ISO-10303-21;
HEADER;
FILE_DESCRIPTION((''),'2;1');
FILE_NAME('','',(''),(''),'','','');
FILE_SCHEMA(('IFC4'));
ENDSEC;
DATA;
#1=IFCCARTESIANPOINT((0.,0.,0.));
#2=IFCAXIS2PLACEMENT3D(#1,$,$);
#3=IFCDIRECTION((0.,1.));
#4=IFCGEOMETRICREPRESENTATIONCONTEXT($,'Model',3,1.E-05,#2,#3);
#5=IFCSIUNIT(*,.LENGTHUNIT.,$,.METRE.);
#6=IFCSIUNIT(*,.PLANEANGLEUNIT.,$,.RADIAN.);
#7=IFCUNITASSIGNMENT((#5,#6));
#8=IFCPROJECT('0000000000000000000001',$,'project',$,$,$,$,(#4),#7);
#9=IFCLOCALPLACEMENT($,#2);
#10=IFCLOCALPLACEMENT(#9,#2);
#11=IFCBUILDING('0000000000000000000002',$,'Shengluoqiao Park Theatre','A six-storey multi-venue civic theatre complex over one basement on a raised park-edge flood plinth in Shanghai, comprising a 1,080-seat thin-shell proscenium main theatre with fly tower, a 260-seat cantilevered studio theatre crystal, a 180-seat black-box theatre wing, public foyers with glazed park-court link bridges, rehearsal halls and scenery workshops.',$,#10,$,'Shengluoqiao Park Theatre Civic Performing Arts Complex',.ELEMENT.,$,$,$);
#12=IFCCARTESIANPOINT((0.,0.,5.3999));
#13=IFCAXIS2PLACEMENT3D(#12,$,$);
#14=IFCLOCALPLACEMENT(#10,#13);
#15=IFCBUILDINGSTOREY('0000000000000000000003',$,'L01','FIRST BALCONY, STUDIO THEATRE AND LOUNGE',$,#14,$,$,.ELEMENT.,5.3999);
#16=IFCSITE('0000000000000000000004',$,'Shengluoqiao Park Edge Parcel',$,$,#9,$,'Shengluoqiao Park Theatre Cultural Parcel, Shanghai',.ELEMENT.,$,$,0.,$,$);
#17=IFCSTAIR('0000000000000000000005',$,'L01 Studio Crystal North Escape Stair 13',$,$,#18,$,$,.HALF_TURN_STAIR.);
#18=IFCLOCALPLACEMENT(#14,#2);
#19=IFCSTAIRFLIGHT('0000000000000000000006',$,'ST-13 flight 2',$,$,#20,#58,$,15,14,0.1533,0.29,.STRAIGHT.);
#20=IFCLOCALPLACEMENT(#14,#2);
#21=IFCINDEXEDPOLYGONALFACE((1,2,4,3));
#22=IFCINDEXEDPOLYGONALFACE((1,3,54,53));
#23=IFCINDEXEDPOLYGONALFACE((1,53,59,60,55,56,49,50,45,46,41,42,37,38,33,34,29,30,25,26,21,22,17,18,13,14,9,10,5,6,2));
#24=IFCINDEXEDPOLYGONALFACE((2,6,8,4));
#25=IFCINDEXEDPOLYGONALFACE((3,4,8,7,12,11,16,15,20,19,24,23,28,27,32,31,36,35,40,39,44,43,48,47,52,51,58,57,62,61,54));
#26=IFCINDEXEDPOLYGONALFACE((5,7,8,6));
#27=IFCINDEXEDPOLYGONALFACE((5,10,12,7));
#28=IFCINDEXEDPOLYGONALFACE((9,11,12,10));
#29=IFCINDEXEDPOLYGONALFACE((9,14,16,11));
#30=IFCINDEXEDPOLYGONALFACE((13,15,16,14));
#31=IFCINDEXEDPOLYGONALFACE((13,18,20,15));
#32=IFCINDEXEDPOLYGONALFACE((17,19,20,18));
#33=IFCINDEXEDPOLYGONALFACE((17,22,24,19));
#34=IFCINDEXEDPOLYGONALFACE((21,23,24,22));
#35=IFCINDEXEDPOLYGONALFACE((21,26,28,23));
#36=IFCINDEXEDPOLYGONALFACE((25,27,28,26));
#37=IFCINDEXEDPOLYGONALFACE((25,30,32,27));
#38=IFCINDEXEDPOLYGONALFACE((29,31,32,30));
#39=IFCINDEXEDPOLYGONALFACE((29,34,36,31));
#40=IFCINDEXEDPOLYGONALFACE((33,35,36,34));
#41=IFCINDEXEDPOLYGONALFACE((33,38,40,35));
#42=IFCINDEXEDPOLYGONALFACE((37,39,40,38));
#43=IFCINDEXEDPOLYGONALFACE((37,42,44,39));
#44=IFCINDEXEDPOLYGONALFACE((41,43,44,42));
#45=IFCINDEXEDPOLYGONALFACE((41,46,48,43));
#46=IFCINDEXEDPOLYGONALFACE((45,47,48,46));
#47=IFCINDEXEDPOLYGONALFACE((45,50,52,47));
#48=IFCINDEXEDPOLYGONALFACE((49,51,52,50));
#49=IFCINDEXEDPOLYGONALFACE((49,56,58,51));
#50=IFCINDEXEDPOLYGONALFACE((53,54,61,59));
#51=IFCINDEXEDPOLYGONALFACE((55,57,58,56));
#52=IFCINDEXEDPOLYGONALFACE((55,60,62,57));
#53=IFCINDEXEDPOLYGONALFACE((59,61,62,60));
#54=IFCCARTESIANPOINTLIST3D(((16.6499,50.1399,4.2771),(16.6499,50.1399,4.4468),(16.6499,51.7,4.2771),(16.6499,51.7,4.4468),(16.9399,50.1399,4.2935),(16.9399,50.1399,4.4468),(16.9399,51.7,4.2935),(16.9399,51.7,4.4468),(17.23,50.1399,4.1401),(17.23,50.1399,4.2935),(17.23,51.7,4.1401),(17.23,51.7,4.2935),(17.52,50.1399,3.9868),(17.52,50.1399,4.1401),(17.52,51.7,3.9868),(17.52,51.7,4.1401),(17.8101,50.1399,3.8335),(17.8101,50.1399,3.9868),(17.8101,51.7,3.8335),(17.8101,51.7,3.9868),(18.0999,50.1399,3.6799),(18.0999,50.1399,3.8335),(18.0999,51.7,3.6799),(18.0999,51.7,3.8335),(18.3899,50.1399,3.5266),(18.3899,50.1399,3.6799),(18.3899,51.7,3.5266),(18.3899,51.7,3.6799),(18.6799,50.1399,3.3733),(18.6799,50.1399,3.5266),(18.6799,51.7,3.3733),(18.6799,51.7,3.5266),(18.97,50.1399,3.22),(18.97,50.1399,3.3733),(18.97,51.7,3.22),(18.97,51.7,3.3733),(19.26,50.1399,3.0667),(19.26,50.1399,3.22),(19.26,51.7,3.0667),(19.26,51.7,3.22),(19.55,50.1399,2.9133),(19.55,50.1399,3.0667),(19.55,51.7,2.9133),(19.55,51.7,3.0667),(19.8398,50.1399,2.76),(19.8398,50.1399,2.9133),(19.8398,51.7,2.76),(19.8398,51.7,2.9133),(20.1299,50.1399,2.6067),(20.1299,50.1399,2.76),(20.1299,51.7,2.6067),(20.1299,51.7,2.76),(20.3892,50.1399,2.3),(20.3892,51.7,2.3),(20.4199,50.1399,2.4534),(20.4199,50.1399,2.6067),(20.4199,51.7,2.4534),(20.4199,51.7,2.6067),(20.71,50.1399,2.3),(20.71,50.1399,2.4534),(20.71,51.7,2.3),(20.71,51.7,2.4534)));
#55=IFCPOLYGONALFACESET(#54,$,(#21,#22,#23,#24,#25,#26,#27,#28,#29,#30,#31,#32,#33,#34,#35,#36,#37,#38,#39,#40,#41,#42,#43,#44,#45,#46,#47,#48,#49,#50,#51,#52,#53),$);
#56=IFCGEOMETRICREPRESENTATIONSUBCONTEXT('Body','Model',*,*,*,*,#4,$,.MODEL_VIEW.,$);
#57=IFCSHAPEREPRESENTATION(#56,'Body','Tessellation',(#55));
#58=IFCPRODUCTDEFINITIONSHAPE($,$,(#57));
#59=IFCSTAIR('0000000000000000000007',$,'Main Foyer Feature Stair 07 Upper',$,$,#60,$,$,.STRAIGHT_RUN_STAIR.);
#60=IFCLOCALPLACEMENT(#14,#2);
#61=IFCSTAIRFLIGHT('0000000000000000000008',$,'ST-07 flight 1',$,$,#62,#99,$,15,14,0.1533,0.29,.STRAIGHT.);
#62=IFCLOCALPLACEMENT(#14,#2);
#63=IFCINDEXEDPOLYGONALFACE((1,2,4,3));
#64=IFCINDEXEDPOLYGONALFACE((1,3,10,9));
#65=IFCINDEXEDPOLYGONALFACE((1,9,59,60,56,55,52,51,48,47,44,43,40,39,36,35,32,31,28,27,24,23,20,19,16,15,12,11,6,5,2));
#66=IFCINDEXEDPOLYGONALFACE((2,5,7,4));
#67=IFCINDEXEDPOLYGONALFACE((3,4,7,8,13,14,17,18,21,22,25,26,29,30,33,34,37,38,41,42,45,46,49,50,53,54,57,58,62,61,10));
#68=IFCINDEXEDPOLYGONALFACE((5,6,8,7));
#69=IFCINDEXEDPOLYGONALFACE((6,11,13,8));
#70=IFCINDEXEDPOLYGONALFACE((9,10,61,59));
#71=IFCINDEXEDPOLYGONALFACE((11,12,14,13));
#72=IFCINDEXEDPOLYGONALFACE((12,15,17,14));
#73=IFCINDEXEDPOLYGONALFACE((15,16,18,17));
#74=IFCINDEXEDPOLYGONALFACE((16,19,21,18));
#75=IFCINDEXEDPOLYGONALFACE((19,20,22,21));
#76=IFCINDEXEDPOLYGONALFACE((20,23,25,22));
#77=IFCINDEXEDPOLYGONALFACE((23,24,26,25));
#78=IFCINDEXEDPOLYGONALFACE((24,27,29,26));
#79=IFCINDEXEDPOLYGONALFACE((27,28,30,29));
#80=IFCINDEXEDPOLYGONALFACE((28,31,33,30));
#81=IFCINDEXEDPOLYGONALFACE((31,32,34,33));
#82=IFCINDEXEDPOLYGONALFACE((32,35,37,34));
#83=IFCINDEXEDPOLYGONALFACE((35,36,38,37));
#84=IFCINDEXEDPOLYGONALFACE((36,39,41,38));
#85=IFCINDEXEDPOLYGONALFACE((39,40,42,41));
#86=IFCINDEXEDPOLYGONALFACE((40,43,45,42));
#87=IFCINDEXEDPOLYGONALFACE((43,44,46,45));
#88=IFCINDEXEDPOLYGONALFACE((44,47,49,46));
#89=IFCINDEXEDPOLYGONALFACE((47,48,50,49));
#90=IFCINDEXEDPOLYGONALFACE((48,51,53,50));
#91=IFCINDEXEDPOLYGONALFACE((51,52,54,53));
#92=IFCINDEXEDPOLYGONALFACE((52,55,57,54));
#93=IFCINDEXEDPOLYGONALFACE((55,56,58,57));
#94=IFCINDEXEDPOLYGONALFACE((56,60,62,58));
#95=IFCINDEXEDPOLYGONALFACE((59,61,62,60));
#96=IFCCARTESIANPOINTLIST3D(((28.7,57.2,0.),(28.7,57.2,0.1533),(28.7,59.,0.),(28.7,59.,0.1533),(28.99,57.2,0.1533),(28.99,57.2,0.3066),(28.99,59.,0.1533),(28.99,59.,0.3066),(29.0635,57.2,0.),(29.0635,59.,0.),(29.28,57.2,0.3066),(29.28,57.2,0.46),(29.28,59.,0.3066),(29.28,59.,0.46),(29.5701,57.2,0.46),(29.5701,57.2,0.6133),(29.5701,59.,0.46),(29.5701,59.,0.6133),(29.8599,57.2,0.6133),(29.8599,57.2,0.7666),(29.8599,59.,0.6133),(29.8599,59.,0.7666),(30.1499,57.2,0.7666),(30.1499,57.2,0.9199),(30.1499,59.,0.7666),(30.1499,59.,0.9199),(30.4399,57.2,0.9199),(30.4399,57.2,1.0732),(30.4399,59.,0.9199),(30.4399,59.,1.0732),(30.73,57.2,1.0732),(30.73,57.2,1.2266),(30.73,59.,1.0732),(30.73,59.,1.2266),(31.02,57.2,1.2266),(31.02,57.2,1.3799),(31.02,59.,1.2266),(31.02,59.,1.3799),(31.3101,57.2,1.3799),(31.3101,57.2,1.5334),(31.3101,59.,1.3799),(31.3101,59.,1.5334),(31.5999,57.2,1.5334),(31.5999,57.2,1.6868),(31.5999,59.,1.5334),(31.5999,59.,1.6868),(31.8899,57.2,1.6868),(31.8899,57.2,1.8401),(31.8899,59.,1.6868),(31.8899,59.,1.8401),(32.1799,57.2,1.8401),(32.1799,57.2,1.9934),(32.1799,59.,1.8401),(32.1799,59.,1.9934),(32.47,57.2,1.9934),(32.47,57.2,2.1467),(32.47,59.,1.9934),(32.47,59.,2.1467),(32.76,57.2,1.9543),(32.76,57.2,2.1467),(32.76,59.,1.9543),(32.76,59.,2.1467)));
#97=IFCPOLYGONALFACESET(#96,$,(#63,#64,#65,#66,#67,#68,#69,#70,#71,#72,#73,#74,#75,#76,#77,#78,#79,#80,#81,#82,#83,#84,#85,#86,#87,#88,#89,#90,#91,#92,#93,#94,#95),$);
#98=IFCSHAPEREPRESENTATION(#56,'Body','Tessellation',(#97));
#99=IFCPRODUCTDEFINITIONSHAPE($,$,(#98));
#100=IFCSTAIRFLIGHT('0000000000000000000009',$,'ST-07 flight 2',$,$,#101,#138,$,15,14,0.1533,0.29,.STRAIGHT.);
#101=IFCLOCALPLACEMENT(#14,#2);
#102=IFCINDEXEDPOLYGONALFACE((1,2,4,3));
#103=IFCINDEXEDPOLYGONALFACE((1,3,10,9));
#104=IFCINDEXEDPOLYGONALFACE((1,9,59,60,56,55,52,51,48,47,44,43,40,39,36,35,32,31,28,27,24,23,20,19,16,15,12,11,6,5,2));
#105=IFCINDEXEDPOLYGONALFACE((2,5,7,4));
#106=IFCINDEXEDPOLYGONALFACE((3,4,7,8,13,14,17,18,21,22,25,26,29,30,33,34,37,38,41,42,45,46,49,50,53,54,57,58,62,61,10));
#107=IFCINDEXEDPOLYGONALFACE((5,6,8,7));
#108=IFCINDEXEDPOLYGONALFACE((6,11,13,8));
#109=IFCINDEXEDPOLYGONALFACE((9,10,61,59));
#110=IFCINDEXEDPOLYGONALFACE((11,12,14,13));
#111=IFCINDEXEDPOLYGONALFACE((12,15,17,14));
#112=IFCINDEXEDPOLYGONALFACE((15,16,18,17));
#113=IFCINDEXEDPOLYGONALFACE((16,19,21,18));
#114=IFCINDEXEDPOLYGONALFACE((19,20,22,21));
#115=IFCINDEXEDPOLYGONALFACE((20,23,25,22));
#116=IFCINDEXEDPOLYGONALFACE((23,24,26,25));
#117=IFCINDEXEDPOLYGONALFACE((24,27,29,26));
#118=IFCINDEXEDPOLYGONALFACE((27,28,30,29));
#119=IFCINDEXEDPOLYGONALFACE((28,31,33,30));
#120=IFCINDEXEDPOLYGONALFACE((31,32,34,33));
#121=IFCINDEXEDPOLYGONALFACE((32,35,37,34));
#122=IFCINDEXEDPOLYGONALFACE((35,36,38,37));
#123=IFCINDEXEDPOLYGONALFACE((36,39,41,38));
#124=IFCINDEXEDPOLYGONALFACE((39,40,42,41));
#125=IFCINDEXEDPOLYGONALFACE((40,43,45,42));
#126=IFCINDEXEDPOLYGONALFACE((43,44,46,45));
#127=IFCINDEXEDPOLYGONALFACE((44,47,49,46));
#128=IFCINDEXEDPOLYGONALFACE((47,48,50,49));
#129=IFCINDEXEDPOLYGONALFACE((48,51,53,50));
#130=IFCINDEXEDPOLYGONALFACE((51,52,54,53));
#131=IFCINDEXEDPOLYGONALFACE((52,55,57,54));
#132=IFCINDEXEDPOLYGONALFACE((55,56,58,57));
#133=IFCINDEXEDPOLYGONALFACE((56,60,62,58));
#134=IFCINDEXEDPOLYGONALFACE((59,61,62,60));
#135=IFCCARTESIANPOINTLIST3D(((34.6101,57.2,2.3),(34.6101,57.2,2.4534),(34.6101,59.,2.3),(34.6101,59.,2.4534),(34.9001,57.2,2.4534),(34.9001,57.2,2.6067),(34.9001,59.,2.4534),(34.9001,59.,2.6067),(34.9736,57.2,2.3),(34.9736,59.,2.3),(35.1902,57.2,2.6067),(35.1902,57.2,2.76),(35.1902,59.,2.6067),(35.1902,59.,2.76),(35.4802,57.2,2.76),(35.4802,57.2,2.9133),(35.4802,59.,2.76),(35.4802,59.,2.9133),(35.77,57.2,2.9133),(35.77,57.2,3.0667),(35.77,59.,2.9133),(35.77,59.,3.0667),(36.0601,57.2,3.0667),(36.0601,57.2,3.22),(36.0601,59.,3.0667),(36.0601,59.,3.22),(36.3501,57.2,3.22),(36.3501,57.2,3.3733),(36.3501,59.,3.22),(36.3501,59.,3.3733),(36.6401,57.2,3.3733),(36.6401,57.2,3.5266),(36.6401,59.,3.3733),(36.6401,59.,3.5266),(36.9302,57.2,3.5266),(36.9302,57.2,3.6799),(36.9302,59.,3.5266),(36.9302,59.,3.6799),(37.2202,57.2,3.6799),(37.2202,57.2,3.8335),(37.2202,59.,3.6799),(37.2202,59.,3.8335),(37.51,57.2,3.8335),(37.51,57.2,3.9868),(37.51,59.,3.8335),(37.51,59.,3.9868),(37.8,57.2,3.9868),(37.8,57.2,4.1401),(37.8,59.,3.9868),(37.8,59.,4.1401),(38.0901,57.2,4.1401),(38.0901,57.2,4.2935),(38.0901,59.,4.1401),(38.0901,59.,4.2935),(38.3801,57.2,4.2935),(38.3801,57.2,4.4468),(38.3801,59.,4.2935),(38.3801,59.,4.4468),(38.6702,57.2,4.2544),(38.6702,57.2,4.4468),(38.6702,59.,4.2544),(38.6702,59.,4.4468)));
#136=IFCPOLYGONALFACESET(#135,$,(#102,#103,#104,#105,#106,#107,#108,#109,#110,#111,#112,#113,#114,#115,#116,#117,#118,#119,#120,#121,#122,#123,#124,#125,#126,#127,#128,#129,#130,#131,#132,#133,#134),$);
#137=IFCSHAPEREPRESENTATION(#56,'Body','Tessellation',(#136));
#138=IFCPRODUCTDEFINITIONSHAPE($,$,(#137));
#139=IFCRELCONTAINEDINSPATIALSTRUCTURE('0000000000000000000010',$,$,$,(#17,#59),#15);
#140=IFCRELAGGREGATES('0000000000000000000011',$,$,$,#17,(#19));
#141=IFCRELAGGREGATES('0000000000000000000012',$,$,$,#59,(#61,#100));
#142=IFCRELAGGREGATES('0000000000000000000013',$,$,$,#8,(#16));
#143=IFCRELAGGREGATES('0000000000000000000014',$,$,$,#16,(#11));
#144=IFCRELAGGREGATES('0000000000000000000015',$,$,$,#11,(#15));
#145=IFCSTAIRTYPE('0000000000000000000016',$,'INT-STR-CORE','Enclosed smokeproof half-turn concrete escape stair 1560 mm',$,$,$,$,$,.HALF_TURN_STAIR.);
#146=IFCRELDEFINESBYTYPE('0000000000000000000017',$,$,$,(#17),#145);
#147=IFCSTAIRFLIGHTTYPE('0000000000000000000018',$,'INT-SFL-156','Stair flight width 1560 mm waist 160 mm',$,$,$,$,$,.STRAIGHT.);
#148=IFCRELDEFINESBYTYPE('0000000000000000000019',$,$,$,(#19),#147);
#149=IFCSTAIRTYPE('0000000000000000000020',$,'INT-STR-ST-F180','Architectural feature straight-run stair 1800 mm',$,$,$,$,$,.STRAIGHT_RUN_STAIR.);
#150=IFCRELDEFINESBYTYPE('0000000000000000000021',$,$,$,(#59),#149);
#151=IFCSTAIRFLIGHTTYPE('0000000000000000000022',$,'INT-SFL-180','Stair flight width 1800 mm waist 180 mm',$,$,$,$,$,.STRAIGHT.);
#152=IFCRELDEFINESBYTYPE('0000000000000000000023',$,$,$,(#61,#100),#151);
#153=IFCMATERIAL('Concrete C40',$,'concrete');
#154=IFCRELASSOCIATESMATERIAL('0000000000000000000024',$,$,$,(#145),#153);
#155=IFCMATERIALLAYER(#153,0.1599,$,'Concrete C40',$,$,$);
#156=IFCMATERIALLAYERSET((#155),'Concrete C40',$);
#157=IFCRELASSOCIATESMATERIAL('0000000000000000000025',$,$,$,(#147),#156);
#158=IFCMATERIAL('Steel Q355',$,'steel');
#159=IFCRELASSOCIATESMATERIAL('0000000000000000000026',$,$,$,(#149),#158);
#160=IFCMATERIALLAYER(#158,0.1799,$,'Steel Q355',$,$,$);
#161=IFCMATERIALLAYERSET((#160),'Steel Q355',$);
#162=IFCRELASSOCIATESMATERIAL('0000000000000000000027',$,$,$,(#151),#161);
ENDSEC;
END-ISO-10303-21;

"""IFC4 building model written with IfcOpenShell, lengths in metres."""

from ifc_helpers import new_model, si_unit, direction, frame, origin, place, context, subcontext, project, spatial, polyline, outline, extrude, material, layer, layer_set, type_object, element, aggregate, save


model = new_model("IFC4")

# Units and contexts
model_context = context("Model", 3, precision=1e-05, world=origin(), true_north=direction((0.0, 1.0)))
body_context = subcontext(model_context, "Body", "Model", "MODEL_VIEW")
ifc_project = project(units=[si_unit("LENGTHUNIT", "METRE"), si_unit("PLANEANGLEUNIT", "RADIAN")], contexts=[model_context])

# Site, building, storey
site_placement = place(None, origin())
site = spatial("IfcSite", under=ifc_project, at=site_placement, Name="Shengluoqiao Park Edge Parcel", LongName="Shengluoqiao Park Theatre Cultural Parcel, Shanghai", CompositionType="ELEMENT", RefElevation=0.0)
building_placement = place(site_placement, origin())
building = spatial("IfcBuilding", under=site, at=building_placement, Name="Shengluoqiao Park Theatre", Description="A six-storey multi-venue civic theatre complex over one basement on a raised park-edge flood plinth in Shanghai, comprising a 1,080-seat thin-shell proscenium main theatre with fly tower, a 260-seat cantilevered studio theatre crystal, a 180-seat black-box theatre wing, public foyers with glazed park-court link bridges, rehearsal halls and scenery workshops.", LongName="Shengluoqiao Park Theatre Civic Performing Arts Complex", CompositionType="ELEMENT")
storey_placement = place(building_placement, frame((0.0, 0.0, 5.3999)))
storey = spatial("IfcBuildingStorey", under=building, at=storey_placement, Name="L01", Description="FIRST BALCONY, STUDIO THEATRE AND LOUNGE", CompositionType="ELEMENT", Elevation=5.3999)

# Shared definitions
ifc_material_1 = material(Name="Steel Q355", Category="steel")

# Stair, stair flight
ifc_material_2 = material(Name="Concrete C40", Category="concrete")
stair_type_1 = type_object("IfcStairType", Name="INT-STR-CORE", Description="Enclosed smokeproof half-turn concrete escape stair 1560 mm", PredefinedType="HALF_TURN_STAIR", material=ifc_material_2)
stair_1_placement = place(storey_placement, origin())
stair_1 = element("IfcStair", 1, at=stair_1_placement, inside=storey, type_object=stair_type_1, Name="L01 Studio Crystal North Escape Stair 13", PredefinedType="HALF_TURN_STAIR")
ifc_layer_1 = layer(ifc_material_2, 0.1599, Name="Concrete C40")
ifc_layer_set_1 = layer_set([ifc_layer_1], Name="Concrete C40")
stair_flight_type_1 = type_object("IfcStairFlightType", Name="INT-SFL-156", Description="Stair flight width 1560 mm waist 160 mm", PredefinedType="STRAIGHT", material=ifc_layer_set_1)
stair_flight_1_placement = place(storey_placement, frame((20.71, 50.9199, 2.3), z_axis=(0.0, 0.0, 1.0), x_axis=(-1.0, 0.0, 0.0)))
stair_flight_1 = element("IfcStairFlight", 2, at=stair_flight_1_placement, type_object=stair_flight_type_1, Name="ST-13 flight 2", NumberOfRisers=15, NumberOfTreads=14, PredefinedType="STRAIGHT", RiserHeight=0.1533, TreadLength=0.29, context=body_context, shape_type="SweptSolid", body=[
    extrude(outline(polyline([(0.0, 0.0), (0.0, 0.1533), (0.29, 0.1533), (0.29, 0.3066), (0.5801, 0.3066), (0.5801, 0.46), (0.8701, 0.46), (0.8701, 0.6133), (1.1599, 0.6133), (1.1599, 0.7666), (1.45, 0.7666), (1.45, 0.9199), (1.74, 0.9199), (1.74, 1.0732), (2.03, 1.0732), (2.03, 1.2266), (2.3201, 1.2266), (2.3201, 1.3799), (2.6101, 1.3799), (2.6101, 1.5334), (2.8999, 1.5334), (2.8999, 1.6868), (3.1899, 1.6868), (3.1899, 1.8401), (3.48, 1.8401), (3.48, 1.9934), (3.77, 1.9934), (3.77, 2.1467), (4.0601, 2.1467), (4.0601, 2.3), (4.0601, 1.9771), (0.3208, 0.0), (0.0, 0.0)])), frame((0.0, 0.78, 0.0), z_axis=(0.0, -1.0, 0.0), x_axis=(1.0, 0.0, 0.0)), (0.0, 0.0, 1.0), 1.5601),
])
aggregate(stair_1, [stair_flight_1])

# Stair, stair flights
stair_type_2 = type_object("IfcStairType", Name="INT-STR-ST-F180", Description="Architectural feature straight-run stair 1800 mm", PredefinedType="STRAIGHT_RUN_STAIR", material=ifc_material_1)
stair_2_placement = place(storey_placement, origin())
stair_2 = element("IfcStair", 3, at=stair_2_placement, inside=storey, type_object=stair_type_2, Name="Main Foyer Feature Stair 07 Upper", PredefinedType="STRAIGHT_RUN_STAIR")
ifc_layer_2 = layer(ifc_material_1, 0.1799, Name="Steel Q355")
ifc_layer_set_2 = layer_set([ifc_layer_2], Name="Steel Q355")
stair_flight_type_2 = type_object("IfcStairFlightType", Name="INT-SFL-180", Description="Stair flight width 1800 mm waist 180 mm", PredefinedType="STRAIGHT", material=ifc_layer_set_2)
stair_flight_2_placement = place(storey_placement, frame((28.7, 58.1001, 0.0), z_axis=(0.0, 0.0, 1.0), x_axis=(1.0, 0.0, 0.0)))
stair_flight_2 = element("IfcStairFlight", 4, at=stair_flight_2_placement, type_object=stair_flight_type_2, Name="ST-07 flight 1", NumberOfRisers=15, NumberOfTreads=14, PredefinedType="STRAIGHT", RiserHeight=0.1533, TreadLength=0.29, context=body_context, shape_type="SweptSolid", body=[
    extrude(outline(polyline([(0.0, 0.0), (0.0, 0.1533), (0.29, 0.1533), (0.29, 0.3066), (0.5801, 0.3066), (0.5801, 0.46), (0.8701, 0.46), (0.8701, 0.6133), (1.1599, 0.6133), (1.1599, 0.7666), (1.45, 0.7666), (1.45, 0.9199), (1.74, 0.9199), (1.74, 1.0732), (2.03, 1.0732), (2.03, 1.2266), (2.3201, 1.2266), (2.3201, 1.3799), (2.6101, 1.3799), (2.6101, 1.5334), (2.8999, 1.5334), (2.8999, 1.6868), (3.1899, 1.6868), (3.1899, 1.8401), (3.48, 1.8401), (3.48, 1.9934), (3.77, 1.9934), (3.77, 2.1467), (4.0601, 2.1467), (4.0601, 2.3), (4.0601, 1.9543), (0.3635, 0.0), (0.0, 0.0)])), frame((0.0, 0.8999, 0.0), z_axis=(0.0, -1.0, 0.0), x_axis=(1.0, 0.0, 0.0)), (0.0, 0.0, 1.0), 1.8),
])
stair_flight_3_placement = place(storey_placement, frame((34.6101, 58.1001, 2.3), z_axis=(0.0, 0.0, 1.0), x_axis=(1.0, 0.0, 0.0)))
stair_flight_3 = element("IfcStairFlight", 5, at=stair_flight_3_placement, type_object=stair_flight_type_2, Name="ST-07 flight 2", NumberOfRisers=15, NumberOfTreads=14, PredefinedType="STRAIGHT", RiserHeight=0.1533, TreadLength=0.29, context=body_context, shape_type="SweptSolid", body=[
    extrude(outline(polyline([(0.0, 0.0), (0.0, 0.1533), (0.29, 0.1533), (0.29, 0.3066), (0.5801, 0.3066), (0.5801, 0.46), (0.8701, 0.46), (0.8701, 0.6133), (1.1599, 0.6133), (1.1599, 0.7666), (1.45, 0.7666), (1.45, 0.9199), (1.74, 0.9199), (1.74, 1.0732), (2.03, 1.0732), (2.03, 1.2266), (2.3201, 1.2266), (2.3201, 1.3799), (2.6101, 1.3799), (2.6101, 1.5334), (2.8999, 1.5334), (2.8999, 1.6868), (3.1899, 1.6868), (3.1899, 1.8401), (3.48, 1.8401), (3.48, 1.9934), (3.77, 1.9934), (3.77, 2.1467), (4.0601, 2.1467), (4.0601, 2.3), (4.0601, 1.9543), (0.3635, 0.0), (0.0, 0.0)])), frame((0.0, 0.8999, 0.0), z_axis=(0.0, -1.0, 0.0), x_axis=(1.0, 0.0, 0.0)), (0.0, 0.0, 1.0), 1.8),
])
aggregate(stair_2, [stair_flight_2, stair_flight_3])

save(model, "model.ifc")
